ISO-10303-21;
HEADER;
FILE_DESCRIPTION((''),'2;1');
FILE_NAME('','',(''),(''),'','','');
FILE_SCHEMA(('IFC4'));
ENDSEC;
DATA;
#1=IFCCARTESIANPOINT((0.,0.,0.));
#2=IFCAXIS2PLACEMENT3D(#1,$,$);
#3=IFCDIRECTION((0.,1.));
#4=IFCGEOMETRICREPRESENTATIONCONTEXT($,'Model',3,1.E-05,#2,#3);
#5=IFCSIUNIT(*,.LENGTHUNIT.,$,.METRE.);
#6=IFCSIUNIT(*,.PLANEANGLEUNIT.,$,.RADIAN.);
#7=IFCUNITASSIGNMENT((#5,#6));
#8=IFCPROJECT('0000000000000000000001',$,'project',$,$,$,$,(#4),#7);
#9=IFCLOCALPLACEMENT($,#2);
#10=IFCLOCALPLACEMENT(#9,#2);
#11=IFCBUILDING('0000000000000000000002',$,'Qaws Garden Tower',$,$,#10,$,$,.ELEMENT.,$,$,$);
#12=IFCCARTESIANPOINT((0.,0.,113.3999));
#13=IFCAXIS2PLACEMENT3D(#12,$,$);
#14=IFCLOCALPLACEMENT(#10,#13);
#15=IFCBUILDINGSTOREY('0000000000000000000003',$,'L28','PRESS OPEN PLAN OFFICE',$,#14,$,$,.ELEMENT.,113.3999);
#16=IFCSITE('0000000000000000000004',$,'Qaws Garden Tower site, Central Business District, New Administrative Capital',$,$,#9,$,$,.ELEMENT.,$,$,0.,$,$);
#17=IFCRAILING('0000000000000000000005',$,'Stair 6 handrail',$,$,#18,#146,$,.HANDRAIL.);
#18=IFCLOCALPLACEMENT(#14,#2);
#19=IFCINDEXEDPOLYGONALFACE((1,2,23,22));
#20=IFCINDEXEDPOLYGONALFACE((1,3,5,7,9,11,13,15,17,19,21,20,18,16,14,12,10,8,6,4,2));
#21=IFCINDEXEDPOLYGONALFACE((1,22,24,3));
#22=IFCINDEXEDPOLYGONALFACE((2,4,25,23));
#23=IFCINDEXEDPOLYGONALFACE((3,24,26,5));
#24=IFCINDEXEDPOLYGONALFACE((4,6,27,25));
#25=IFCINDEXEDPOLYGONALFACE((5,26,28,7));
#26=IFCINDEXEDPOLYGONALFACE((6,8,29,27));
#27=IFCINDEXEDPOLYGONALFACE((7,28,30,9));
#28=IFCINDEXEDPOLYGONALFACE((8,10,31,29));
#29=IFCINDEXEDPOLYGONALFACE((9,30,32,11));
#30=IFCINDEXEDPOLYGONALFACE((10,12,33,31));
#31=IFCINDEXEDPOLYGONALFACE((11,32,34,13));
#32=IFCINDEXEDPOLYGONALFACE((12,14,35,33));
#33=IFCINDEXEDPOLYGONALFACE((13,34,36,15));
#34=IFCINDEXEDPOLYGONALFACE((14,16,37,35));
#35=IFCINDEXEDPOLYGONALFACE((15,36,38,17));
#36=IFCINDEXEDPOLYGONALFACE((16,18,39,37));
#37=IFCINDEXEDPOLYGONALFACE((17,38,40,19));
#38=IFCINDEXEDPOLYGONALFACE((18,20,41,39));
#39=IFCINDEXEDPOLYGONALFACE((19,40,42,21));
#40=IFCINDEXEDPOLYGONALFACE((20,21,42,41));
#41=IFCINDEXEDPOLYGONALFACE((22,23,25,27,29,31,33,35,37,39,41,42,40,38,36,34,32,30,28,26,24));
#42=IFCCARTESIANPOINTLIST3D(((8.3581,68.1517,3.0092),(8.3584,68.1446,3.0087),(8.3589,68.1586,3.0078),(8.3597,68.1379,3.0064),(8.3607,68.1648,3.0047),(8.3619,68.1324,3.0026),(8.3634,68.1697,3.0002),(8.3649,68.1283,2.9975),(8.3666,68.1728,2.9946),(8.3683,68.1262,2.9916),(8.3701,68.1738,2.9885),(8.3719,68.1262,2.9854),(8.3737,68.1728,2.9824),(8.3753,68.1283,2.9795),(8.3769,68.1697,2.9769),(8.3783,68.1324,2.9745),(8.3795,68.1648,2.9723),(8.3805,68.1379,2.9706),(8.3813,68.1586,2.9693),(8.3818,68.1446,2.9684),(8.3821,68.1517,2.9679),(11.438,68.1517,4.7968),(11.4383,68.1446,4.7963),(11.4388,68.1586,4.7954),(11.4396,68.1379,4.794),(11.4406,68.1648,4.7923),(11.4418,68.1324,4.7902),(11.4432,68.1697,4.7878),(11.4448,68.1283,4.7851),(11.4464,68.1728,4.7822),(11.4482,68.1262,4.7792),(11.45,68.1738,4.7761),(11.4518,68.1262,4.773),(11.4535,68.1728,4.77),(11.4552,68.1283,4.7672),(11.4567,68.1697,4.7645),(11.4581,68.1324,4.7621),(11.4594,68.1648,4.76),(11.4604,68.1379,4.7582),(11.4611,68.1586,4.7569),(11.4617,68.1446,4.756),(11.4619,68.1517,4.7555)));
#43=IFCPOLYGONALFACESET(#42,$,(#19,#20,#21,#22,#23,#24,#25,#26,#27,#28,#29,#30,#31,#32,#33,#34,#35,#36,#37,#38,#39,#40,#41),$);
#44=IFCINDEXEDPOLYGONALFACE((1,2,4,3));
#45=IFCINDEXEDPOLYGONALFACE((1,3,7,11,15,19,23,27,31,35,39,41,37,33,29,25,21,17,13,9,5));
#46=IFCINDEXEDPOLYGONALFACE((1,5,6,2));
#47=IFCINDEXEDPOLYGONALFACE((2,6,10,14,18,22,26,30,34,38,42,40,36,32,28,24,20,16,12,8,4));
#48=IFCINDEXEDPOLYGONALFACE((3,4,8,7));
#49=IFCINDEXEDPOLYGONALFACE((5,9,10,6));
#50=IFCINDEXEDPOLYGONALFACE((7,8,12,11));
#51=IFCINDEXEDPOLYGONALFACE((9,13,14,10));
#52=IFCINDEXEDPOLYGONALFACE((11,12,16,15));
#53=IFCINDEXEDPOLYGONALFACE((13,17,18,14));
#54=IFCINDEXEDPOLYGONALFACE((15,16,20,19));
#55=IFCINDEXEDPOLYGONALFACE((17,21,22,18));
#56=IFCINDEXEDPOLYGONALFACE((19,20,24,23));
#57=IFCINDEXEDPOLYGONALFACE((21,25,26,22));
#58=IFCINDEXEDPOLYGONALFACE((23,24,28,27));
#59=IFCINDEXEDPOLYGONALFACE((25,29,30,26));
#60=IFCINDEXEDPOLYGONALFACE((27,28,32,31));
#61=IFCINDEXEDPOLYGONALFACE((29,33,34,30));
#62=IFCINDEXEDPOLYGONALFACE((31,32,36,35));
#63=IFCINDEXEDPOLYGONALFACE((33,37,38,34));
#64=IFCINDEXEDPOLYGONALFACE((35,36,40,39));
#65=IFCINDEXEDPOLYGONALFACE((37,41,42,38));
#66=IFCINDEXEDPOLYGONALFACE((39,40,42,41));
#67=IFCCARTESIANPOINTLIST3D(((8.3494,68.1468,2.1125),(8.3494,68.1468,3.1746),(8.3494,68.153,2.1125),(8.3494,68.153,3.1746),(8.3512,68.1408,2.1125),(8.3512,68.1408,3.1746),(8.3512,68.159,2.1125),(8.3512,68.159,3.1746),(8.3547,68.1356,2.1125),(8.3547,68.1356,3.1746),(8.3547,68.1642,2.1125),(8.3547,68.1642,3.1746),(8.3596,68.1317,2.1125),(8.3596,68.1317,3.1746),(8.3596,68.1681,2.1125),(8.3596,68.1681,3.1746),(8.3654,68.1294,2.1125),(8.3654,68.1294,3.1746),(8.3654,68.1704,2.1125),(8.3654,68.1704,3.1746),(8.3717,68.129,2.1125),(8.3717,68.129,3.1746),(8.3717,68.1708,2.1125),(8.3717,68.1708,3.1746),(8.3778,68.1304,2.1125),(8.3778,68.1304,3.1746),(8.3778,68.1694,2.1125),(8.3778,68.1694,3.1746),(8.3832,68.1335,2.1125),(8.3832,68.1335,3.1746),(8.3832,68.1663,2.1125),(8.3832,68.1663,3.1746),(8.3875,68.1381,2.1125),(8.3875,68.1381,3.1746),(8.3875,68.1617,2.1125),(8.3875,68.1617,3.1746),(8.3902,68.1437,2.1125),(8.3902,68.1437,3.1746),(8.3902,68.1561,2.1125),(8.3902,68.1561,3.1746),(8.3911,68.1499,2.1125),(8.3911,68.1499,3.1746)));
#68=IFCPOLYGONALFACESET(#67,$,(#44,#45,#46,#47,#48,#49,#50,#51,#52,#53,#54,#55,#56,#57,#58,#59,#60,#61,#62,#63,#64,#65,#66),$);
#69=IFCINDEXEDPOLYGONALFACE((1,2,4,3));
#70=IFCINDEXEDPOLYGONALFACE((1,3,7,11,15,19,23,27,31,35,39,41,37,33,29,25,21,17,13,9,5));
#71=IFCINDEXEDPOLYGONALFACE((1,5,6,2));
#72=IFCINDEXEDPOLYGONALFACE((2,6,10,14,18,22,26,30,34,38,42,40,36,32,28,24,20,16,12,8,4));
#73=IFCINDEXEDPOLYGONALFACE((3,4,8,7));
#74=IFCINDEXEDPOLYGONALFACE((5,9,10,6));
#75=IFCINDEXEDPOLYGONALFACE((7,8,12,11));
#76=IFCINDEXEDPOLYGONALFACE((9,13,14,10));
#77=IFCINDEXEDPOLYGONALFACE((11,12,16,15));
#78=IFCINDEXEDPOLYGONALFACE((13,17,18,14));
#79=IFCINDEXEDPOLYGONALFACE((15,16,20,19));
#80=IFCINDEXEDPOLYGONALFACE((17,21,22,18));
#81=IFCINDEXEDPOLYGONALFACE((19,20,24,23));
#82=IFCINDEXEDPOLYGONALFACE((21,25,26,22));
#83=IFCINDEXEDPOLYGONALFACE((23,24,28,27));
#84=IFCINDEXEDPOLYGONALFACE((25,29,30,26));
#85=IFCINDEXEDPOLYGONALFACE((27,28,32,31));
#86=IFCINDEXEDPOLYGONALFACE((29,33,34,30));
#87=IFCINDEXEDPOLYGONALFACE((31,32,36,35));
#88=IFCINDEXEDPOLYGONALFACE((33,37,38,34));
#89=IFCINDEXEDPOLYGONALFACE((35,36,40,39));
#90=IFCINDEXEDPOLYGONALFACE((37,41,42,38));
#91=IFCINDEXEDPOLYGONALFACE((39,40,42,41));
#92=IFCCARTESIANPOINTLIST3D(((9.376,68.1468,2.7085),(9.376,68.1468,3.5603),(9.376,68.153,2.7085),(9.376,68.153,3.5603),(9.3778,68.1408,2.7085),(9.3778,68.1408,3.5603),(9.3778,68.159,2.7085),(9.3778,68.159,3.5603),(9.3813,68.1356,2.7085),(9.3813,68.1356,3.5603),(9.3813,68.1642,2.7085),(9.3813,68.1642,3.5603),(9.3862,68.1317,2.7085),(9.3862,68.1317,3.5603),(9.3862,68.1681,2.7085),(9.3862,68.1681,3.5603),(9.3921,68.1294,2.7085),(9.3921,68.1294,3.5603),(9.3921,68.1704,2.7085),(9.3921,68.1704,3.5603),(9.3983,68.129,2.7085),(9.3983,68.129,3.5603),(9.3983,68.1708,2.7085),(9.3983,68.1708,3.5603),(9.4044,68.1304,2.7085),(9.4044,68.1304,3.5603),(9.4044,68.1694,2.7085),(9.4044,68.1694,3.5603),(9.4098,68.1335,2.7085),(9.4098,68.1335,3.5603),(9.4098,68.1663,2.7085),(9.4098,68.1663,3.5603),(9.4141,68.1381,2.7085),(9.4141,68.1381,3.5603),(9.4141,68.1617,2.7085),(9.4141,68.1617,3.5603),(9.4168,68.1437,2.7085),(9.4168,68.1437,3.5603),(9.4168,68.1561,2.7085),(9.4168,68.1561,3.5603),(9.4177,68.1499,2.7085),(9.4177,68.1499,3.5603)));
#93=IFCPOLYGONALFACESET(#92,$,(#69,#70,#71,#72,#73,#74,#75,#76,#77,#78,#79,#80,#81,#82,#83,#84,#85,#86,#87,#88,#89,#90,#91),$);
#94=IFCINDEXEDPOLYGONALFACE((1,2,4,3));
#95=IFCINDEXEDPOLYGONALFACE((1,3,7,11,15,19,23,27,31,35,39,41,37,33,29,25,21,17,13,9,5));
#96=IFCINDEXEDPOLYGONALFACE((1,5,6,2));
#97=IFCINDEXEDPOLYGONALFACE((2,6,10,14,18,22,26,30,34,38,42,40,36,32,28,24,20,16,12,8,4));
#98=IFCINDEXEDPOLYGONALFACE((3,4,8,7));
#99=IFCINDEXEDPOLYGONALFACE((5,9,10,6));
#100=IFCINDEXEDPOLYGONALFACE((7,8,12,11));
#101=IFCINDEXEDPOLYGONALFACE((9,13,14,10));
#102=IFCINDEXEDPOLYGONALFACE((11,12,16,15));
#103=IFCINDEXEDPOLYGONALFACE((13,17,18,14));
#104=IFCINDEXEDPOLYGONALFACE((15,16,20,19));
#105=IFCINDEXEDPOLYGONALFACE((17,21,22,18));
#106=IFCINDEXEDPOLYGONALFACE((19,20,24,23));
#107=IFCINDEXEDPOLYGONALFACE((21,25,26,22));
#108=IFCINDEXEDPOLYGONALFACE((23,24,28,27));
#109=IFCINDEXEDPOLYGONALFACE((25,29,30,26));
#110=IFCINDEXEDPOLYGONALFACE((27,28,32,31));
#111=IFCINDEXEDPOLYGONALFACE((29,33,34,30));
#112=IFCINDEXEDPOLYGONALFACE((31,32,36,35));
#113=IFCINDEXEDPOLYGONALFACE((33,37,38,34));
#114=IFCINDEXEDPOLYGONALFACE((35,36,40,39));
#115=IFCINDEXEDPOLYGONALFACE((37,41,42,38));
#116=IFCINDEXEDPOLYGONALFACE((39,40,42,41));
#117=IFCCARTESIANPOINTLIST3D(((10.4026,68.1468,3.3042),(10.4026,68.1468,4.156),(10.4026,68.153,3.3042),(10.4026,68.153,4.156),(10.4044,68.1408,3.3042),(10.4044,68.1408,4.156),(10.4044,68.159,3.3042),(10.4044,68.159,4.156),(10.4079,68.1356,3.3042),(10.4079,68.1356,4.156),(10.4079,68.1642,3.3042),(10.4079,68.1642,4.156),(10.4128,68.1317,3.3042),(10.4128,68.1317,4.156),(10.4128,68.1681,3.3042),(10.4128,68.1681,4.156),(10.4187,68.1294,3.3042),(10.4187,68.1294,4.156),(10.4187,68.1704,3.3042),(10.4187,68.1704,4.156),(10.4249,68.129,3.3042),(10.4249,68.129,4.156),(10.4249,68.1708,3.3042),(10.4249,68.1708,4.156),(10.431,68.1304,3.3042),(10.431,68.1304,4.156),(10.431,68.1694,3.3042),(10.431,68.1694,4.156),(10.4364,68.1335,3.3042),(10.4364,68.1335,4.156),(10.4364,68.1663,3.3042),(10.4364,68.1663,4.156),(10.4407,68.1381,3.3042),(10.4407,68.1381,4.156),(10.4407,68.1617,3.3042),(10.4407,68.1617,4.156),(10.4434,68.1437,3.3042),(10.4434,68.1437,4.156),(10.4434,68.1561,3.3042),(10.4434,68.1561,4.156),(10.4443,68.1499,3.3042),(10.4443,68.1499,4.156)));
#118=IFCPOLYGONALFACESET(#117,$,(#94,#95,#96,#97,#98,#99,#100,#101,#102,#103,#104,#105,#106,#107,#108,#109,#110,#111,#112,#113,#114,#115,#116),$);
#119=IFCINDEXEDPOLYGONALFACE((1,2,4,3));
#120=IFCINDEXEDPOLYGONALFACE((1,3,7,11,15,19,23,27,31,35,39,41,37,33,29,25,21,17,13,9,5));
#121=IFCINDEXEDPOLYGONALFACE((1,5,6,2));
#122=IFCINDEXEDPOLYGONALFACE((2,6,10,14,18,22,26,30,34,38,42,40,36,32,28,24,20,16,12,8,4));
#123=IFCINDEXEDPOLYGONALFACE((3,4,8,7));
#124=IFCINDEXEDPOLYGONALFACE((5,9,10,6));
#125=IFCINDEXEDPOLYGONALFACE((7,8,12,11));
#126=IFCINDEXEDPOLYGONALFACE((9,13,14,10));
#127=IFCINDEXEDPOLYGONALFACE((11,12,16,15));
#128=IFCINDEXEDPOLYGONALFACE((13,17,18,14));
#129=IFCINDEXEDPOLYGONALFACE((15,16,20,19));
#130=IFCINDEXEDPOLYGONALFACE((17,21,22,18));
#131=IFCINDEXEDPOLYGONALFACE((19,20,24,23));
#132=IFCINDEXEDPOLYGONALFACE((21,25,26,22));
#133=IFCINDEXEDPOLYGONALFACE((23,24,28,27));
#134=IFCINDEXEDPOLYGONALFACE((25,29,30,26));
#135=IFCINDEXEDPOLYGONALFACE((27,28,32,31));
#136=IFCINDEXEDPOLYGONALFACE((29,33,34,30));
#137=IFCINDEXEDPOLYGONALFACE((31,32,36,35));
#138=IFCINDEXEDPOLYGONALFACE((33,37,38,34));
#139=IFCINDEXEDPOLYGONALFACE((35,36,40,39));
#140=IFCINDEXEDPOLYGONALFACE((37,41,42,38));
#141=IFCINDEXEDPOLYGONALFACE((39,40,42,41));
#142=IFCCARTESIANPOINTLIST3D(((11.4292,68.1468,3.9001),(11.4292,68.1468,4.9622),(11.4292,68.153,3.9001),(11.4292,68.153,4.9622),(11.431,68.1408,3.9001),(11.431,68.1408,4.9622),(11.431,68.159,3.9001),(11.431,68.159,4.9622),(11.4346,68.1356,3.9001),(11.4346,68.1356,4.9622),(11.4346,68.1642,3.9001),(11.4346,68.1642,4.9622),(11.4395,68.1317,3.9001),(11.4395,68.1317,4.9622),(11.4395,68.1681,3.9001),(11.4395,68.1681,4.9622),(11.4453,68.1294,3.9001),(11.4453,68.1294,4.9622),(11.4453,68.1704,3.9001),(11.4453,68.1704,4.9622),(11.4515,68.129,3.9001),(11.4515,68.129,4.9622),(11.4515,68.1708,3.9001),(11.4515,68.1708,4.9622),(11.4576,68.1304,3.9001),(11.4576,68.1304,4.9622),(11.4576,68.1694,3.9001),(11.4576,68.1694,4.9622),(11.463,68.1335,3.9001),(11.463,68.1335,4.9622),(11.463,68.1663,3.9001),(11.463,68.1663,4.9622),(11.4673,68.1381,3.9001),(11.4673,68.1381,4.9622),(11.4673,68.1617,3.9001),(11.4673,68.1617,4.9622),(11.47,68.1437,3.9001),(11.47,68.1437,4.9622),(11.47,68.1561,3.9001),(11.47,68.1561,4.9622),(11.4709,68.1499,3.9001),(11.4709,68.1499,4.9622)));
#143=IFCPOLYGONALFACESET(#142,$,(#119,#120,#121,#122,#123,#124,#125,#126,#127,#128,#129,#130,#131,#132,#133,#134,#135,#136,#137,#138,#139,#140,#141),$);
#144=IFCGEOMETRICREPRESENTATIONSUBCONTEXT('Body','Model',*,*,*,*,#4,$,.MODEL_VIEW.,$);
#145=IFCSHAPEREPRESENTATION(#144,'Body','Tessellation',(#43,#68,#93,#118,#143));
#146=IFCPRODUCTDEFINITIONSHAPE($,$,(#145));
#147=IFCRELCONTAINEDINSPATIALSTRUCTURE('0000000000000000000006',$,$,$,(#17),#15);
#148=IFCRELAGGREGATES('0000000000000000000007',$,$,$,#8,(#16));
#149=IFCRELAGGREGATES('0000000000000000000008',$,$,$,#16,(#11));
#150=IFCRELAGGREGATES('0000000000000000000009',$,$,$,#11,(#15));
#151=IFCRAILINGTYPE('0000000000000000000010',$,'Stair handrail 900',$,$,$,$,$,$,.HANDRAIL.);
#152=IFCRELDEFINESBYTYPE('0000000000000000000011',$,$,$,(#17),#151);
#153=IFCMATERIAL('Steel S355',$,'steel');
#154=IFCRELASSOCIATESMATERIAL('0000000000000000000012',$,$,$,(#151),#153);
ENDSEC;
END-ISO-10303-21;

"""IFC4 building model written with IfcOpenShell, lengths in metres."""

from ifc_helpers import new_model, si_unit, direction, frame, origin, origin_2d, place, context, subcontext, project, spatial, circle, extrude, material, type_object, element, save


model = new_model("IFC4")

# Units and contexts
model_context = context("Model", 3, precision=1e-05, world=origin(), true_north=direction((0.0, 1.0)))
body_context = subcontext(model_context, "Body", "Model", "MODEL_VIEW")
ifc_project = project(units=[si_unit("LENGTHUNIT", "METRE"), si_unit("PLANEANGLEUNIT", "RADIAN")], contexts=[model_context])

# Site, building, storey
site_placement = place(None, origin())
site = spatial("IfcSite", under=ifc_project, at=site_placement, Name="Qaws Garden Tower site, Central Business District, New Administrative Capital", CompositionType="ELEMENT", RefElevation=0.0)
building_placement = place(site_placement, origin())
building = spatial("IfcBuilding", under=site, at=building_placement, Name="Qaws Garden Tower", CompositionType="ELEMENT")
storey_placement = place(building_placement, frame((0.0, 0.0, 113.3999)))
storey = spatial("IfcBuildingStorey", under=building, at=storey_placement, Name="L28", Description="PRESS OPEN PLAN OFFICE", CompositionType="ELEMENT", Elevation=113.3999)

# Railing
ifc_material_1 = material(Name="Steel S355", Category="steel")
railing_type = type_object("IfcRailingType", Name="Stair handrail 900", PredefinedType="HANDRAIL", material=ifc_material_1)
railing_1_placement = place(storey_placement, frame((8.3701, 68.1499, 2.1125)))
element("IfcRailing", 1, at=railing_1_placement, inside=storey, type_object=railing_type, Name="Stair 6 handrail", PredefinedType="HANDRAIL", context=body_context, shape_type="SweptSolid", body=[
    extrude(circle(Radius=0.0239, at=origin_2d()), frame((0.0, 0.0, 0.876), z_axis=(0.864873, 0.0, 0.50199), x_axis=(0.0, 1.0, 0.0)), (0.0, 0.0, 1.0), 3.561),
    extrude(circle(Radius=0.021, at=origin_2d()), origin(), (0.0, 0.0, 1.0), 1.062),
    extrude(circle(Radius=0.021, at=origin_2d()), frame((1.0266, 0.0, 0.5959)), (0.0, 0.0, 1.0), 0.8518),
    extrude(circle(Radius=0.021, at=origin_2d()), frame((2.0532, 0.0, 1.1917)), (0.0, 0.0, 1.0), 0.8518),
    extrude(circle(Radius=0.021, at=origin_2d()), frame((3.0798, 0.0, 1.7876)), (0.0, 0.0, 1.0), 1.062),
])

save(model, "model.ifc")
